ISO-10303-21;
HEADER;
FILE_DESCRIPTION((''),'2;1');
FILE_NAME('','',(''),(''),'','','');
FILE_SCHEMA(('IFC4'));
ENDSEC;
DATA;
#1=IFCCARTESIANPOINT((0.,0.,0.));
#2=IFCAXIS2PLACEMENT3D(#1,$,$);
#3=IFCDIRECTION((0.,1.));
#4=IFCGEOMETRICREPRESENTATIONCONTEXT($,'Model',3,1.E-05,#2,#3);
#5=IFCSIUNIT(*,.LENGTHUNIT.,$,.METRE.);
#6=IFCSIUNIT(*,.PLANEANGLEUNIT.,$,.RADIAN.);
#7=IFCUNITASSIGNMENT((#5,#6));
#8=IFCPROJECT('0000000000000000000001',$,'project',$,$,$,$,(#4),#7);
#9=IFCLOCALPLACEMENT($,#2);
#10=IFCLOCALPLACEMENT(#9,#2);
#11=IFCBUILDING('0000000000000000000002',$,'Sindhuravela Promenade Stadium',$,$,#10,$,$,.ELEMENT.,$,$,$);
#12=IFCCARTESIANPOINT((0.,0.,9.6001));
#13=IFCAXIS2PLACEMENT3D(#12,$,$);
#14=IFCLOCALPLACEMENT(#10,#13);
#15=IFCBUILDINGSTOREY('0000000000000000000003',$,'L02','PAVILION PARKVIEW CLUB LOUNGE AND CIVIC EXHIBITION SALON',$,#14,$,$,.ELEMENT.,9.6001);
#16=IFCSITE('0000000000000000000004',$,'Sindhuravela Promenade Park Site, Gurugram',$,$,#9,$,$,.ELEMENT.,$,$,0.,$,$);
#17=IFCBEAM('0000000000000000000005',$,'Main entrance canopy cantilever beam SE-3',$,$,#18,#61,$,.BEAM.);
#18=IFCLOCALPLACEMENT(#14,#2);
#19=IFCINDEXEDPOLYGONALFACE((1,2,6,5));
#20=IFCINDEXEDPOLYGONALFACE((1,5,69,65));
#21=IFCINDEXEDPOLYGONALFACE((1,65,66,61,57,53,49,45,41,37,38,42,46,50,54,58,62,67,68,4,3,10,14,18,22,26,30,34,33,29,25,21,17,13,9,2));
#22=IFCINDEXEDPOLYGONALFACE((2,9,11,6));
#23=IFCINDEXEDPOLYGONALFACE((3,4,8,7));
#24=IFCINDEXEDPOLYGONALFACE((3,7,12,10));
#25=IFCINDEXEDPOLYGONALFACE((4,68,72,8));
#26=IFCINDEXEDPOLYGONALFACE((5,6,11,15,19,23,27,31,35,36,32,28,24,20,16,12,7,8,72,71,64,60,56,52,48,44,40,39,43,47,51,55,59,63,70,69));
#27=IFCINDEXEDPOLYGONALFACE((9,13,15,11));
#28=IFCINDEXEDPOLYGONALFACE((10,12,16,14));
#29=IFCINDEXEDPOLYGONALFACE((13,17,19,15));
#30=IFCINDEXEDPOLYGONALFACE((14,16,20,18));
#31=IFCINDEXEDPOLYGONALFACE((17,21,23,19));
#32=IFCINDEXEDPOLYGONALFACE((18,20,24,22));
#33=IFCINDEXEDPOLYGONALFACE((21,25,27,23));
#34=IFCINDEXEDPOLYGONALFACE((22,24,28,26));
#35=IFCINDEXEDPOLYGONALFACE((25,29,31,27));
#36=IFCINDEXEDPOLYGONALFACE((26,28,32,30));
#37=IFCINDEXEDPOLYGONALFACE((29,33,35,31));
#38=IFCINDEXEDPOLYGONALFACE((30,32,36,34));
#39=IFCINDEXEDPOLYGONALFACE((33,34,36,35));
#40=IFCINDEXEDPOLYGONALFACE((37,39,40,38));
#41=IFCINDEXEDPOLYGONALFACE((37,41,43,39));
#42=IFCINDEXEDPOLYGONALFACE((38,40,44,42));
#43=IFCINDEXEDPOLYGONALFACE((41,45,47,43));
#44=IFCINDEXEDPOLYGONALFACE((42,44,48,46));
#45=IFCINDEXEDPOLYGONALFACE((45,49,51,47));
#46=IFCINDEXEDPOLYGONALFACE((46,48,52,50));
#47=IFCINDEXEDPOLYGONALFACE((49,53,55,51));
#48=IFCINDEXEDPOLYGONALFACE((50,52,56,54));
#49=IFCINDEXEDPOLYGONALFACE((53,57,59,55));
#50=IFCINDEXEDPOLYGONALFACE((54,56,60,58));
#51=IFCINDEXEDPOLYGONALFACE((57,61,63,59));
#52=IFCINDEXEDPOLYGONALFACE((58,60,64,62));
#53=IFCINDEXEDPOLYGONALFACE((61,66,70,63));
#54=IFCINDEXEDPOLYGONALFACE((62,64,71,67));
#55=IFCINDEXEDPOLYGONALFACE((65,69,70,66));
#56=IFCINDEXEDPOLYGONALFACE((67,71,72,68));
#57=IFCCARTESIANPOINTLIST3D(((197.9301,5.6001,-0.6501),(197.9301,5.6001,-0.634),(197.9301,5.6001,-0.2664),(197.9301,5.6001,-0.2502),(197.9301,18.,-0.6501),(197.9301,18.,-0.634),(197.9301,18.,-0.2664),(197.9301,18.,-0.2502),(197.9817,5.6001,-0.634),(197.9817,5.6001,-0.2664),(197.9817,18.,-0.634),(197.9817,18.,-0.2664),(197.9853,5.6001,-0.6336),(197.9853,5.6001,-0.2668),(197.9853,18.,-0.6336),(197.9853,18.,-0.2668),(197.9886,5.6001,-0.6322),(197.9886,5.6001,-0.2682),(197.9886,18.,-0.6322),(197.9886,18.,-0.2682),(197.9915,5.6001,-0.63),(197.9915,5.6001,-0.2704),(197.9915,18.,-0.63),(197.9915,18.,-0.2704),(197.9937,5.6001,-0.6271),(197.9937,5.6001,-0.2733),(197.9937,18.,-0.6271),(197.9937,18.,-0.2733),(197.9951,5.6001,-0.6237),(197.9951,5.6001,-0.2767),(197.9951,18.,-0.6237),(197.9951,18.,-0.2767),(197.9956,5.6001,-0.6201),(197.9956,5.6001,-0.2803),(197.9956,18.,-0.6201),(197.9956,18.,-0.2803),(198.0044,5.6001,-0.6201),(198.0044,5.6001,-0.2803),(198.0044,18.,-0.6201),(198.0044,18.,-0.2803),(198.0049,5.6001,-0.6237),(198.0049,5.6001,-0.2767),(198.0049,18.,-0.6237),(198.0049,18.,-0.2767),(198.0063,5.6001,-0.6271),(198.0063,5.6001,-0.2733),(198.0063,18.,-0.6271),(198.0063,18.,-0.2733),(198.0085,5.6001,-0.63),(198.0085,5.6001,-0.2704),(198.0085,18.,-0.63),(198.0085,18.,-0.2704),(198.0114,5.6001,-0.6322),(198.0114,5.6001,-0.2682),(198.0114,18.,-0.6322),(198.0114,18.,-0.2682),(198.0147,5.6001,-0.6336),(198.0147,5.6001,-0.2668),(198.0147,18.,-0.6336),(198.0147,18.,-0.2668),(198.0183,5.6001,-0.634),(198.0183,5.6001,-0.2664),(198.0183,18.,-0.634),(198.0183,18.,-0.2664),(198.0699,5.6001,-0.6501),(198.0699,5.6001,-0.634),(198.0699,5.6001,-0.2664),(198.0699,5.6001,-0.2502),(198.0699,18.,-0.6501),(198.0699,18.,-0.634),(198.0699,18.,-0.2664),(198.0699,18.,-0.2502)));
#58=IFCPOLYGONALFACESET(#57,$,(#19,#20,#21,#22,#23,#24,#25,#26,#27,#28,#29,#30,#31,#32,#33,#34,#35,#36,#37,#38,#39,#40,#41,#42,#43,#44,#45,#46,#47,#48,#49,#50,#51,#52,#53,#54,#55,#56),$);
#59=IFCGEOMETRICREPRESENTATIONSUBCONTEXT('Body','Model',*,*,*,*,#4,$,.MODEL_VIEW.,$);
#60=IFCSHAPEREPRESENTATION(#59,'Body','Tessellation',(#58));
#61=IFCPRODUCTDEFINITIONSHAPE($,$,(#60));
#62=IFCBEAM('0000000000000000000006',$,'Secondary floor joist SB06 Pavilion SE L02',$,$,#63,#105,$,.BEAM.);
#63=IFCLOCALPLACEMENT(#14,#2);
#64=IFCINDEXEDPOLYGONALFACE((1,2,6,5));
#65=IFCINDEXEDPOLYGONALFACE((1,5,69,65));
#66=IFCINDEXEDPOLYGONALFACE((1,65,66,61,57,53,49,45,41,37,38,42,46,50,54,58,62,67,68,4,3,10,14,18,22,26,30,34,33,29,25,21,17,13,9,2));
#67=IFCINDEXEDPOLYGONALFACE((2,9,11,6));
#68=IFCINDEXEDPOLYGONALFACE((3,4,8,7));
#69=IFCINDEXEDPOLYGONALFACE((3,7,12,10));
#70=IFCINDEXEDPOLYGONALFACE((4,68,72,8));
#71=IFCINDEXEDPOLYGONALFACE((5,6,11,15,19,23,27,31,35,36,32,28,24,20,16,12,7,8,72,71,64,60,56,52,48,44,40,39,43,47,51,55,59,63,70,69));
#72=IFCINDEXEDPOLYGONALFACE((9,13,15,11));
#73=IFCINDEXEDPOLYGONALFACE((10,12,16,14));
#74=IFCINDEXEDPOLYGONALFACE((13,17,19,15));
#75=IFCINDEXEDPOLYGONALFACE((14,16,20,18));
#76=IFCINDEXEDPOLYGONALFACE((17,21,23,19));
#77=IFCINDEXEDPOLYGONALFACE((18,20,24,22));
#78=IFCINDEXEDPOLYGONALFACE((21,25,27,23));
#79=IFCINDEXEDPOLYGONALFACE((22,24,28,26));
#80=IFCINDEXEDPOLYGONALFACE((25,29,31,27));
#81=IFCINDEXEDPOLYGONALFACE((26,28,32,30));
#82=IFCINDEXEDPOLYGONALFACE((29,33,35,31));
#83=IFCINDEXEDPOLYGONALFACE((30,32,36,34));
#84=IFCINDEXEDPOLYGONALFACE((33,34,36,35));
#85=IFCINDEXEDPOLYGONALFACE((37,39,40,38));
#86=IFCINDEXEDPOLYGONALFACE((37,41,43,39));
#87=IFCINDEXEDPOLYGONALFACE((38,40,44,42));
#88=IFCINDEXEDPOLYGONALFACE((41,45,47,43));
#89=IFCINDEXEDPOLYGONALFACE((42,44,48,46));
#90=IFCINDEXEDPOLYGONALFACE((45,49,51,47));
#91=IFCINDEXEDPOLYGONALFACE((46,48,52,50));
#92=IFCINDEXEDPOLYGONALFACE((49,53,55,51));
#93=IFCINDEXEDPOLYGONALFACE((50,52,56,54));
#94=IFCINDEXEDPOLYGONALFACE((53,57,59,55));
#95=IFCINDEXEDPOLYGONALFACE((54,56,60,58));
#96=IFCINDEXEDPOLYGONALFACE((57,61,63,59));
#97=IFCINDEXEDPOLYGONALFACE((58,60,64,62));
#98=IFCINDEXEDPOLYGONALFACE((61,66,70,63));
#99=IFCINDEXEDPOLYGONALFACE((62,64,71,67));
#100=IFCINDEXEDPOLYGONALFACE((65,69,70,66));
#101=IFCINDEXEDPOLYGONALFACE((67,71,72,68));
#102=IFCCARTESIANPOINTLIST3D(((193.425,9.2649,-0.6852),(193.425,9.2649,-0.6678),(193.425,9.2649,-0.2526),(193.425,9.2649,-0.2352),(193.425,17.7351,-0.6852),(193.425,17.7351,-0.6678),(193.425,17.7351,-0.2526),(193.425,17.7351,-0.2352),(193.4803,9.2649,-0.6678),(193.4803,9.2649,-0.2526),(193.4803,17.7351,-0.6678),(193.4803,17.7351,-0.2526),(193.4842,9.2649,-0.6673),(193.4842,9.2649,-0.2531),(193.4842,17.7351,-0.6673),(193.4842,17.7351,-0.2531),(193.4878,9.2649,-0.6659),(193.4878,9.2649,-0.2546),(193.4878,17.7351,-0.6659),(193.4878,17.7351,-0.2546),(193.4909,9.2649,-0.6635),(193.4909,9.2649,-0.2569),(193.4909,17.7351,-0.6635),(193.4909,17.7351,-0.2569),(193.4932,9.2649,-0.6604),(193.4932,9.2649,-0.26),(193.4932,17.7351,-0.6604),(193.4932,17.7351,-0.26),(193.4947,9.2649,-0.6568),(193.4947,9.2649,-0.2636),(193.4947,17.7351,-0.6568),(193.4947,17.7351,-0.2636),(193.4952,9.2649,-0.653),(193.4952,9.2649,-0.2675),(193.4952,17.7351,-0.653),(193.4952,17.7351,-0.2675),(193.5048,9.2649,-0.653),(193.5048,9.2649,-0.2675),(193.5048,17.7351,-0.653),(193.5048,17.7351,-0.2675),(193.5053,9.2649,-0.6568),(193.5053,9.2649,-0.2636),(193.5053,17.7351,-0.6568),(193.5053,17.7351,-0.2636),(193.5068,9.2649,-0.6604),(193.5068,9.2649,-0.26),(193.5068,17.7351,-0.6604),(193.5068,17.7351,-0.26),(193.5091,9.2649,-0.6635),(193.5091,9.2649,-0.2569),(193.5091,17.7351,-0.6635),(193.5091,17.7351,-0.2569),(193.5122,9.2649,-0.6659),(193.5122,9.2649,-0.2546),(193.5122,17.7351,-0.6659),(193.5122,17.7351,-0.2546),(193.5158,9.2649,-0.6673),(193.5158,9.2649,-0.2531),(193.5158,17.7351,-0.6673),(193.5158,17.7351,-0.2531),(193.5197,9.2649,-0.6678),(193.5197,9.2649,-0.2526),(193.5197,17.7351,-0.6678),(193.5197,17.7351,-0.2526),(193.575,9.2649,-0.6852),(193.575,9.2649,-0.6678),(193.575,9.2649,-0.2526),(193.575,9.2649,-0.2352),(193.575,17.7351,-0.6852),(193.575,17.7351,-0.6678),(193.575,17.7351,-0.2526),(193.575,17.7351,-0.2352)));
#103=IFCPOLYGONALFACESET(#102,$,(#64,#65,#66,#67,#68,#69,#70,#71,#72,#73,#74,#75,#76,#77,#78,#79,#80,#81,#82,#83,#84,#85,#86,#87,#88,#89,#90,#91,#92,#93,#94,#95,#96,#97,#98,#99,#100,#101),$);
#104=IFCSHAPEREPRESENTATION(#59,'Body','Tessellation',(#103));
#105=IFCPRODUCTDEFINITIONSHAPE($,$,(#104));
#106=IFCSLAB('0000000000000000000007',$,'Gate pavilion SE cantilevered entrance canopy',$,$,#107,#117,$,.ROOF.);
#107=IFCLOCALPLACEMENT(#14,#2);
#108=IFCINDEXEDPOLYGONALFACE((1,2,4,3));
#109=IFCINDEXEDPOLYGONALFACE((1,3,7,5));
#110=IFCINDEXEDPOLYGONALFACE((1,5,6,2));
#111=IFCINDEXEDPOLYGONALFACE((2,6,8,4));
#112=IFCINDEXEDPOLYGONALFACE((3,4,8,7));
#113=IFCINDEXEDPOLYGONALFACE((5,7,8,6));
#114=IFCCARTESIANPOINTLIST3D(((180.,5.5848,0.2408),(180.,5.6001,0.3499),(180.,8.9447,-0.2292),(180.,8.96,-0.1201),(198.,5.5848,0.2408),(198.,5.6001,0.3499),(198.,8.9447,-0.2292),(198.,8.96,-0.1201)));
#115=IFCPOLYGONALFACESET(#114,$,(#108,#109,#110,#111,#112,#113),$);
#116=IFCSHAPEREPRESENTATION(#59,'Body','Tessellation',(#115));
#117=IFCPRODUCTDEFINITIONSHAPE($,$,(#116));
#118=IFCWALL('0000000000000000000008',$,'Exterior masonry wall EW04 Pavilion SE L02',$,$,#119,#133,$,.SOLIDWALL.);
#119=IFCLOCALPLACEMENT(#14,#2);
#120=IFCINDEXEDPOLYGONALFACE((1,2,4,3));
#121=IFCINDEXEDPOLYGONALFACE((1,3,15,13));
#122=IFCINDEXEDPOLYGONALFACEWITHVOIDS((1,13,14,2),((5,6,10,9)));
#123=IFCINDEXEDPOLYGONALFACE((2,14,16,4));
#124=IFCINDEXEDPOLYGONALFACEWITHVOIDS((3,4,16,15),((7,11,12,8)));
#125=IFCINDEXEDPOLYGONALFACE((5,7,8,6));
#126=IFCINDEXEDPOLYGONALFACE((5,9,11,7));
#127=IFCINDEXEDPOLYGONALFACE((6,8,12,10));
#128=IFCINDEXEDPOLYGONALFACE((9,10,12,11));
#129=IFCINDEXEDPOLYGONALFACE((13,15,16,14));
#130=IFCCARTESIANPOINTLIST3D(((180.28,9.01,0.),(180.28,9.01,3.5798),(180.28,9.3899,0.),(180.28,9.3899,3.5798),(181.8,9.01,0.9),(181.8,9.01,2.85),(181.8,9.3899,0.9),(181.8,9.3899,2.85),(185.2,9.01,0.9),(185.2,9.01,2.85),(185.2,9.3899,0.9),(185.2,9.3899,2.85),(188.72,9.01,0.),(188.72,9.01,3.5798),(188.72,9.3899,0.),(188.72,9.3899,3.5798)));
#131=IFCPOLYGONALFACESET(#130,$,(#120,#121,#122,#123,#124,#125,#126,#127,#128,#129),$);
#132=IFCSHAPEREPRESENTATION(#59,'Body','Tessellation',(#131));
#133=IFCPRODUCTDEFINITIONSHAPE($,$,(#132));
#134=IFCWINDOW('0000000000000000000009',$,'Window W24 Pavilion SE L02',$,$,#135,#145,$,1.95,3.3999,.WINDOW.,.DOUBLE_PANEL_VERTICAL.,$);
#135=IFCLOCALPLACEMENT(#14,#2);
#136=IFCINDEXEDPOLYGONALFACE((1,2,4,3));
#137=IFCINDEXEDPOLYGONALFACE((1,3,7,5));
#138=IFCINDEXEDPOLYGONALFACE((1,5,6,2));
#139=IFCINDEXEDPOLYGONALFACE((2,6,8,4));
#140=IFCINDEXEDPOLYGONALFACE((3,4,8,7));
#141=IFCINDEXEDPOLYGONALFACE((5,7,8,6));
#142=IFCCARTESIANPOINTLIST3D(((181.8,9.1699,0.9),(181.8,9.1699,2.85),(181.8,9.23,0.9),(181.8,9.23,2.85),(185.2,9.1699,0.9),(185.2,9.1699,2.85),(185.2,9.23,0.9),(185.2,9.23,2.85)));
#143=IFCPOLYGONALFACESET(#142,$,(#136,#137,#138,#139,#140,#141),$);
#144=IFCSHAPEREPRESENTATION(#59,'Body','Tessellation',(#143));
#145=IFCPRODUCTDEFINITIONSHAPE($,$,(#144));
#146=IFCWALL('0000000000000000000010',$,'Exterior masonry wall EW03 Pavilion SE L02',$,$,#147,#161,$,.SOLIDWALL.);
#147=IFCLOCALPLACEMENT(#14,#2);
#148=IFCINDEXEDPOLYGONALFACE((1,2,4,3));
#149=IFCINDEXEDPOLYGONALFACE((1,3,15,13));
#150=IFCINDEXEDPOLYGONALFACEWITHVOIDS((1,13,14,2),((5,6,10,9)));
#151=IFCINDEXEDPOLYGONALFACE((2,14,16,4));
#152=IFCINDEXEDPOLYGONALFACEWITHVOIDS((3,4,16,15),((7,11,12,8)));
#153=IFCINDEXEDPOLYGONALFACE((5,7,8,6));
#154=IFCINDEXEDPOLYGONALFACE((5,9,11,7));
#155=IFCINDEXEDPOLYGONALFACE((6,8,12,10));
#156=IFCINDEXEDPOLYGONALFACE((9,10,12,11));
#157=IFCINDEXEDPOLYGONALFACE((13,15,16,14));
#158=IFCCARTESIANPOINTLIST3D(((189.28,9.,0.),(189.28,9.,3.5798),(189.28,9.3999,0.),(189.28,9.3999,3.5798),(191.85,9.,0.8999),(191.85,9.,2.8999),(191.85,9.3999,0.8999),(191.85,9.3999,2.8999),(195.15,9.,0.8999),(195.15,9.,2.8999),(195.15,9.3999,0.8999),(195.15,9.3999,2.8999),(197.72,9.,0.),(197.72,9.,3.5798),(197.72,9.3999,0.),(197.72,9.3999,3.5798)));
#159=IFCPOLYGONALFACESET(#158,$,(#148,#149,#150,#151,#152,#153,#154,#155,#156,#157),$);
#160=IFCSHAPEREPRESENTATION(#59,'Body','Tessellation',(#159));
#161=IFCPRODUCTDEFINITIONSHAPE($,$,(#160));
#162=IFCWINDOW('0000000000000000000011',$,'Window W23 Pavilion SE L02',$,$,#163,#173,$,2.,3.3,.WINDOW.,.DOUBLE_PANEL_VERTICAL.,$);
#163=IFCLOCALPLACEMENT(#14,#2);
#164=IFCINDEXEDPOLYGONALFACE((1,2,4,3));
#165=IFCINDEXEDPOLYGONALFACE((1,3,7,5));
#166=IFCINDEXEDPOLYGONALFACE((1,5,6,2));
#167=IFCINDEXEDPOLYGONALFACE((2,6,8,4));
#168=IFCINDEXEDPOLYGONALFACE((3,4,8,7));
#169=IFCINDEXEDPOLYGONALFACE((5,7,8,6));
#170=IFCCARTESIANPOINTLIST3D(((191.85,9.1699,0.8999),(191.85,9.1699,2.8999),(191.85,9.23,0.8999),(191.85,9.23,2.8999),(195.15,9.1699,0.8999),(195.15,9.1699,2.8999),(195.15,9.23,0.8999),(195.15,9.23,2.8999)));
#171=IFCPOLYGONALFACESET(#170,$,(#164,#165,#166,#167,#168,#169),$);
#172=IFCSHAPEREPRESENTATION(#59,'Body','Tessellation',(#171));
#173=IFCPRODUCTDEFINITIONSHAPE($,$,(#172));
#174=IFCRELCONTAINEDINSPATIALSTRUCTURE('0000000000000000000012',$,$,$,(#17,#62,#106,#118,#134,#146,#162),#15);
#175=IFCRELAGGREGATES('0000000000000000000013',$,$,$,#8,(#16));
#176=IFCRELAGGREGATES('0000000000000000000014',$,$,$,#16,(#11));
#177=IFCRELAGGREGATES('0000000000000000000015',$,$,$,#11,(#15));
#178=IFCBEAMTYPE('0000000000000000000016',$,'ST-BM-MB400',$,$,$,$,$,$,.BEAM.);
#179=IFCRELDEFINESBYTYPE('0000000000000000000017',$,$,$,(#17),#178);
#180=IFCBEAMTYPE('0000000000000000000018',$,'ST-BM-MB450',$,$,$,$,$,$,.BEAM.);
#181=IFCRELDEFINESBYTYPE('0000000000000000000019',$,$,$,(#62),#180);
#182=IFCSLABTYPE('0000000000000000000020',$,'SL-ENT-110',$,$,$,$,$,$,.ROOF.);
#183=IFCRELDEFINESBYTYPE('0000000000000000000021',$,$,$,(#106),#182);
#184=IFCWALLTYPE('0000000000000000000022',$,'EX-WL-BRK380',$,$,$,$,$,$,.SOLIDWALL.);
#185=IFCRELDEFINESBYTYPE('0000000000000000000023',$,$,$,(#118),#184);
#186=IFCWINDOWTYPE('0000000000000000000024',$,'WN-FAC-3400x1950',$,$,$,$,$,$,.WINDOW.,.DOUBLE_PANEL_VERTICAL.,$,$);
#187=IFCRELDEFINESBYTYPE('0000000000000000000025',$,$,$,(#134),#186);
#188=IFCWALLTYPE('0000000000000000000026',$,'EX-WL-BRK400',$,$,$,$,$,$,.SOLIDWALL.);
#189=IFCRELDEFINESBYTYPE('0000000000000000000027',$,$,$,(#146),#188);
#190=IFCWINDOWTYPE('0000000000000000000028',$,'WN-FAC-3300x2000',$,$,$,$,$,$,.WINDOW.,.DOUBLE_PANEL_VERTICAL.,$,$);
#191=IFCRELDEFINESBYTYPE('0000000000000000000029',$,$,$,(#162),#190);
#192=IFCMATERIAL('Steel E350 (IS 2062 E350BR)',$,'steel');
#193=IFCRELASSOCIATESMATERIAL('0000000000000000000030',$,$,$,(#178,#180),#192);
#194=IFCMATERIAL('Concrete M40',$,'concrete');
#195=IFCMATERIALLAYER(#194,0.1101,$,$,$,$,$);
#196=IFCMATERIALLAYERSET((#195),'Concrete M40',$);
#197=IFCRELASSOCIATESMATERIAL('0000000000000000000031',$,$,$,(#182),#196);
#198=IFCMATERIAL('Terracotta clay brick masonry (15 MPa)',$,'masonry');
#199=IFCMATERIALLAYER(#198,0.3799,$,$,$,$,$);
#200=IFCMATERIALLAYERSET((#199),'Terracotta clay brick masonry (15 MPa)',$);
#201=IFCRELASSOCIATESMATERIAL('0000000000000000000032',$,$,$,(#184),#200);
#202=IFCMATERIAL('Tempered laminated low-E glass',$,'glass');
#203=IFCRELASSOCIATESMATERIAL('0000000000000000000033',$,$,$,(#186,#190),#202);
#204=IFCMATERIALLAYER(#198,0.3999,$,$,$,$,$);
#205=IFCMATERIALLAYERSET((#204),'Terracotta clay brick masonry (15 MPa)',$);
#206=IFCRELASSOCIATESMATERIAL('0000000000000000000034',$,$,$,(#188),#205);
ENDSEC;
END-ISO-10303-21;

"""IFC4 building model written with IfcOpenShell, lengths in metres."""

from ifc_helpers import new_model, si_unit, direction, frame, frame_2d, origin, origin_2d, place, context, subcontext, project, spatial, polyline, rectangle, i_section, outline, extrude, material, layer, layer_set, material_profile, profile_set, type_object, element, fill, save


model = new_model("IFC4")

# Units and contexts
model_context = context("Model", 3, precision=1e-05, world=origin(), true_north=direction((0.0, 1.0)))
body_context = subcontext(model_context, "Body", "Model", "MODEL_VIEW")
ifc_project = project(units=[si_unit("LENGTHUNIT", "METRE"), si_unit("PLANEANGLEUNIT", "RADIAN")], contexts=[model_context])

# Site, building, storey
site_placement = place(None, origin())
site = spatial("IfcSite", under=ifc_project, at=site_placement, Name="Sindhuravela Promenade Park Site, Gurugram", CompositionType="ELEMENT", RefElevation=0.0)
building_placement = place(site_placement, origin())
building = spatial("IfcBuilding", under=site, at=building_placement, Name="Sindhuravela Promenade Stadium", CompositionType="ELEMENT")
storey_placement = place(building_placement, frame((0.0, 0.0, 9.6001)))
storey = spatial("IfcBuildingStorey", under=building, at=storey_placement, Name="L02", Description="PAVILION PARKVIEW CLUB LOUNGE AND CIVIC EXHIBITION SALON", CompositionType="ELEMENT", Elevation=9.6001)

# Shared definitions
ifc_material_1 = material(Name="Concrete M40", Category="concrete")

# Beams
ifc_material_2 = material(Name="Steel E350 (IS 2062 E350BR)", Category="steel")
ifc_material_profile_1 = material_profile(ifc_material_2, i_section(OverallWidth=0.1399, OverallDepth=0.3999, WebThickness=0.0088, FlangeThickness=0.0161, FilletRadius=0.0139, at=origin_2d()), Name="ISMB 400")
ifc_profile_set_1 = profile_set([ifc_material_profile_1], Name="Steel E350 (IS 2062 E350BR)")
beam_type_1 = type_object("IfcBeamType", Name="ST-BM-MB400", PredefinedType="BEAM", material=ifc_profile_set_1)
for number, where, z_axis, x_axis, name in (
    (1, (198.0, 18.0, -0.4502), (0.0, -1.0, 0.0), (1.0, 0.0, 0.0), "Main entrance canopy cantilever beam SE-3"),
):
    element("IfcBeam", number, at=place(storey_placement, frame(where, z_axis=z_axis, x_axis=x_axis)), inside=storey, type_object=beam_type_1, Name=name, PredefinedType="BEAM", context=body_context, shape_type="SweptSolid", body=[
        extrude(i_section(OverallWidth=0.1399, OverallDepth=0.3999, WebThickness=0.0088, FlangeThickness=0.0161, FilletRadius=0.0139, at=origin_2d()), origin(), (0.0, 0.0, 1.0), 12.3999),
    ])
ifc_material_profile_2 = material_profile(ifc_material_2, i_section(OverallWidth=0.1499, OverallDepth=0.45, WebThickness=0.0095, FlangeThickness=0.0173, FilletRadius=0.0149, at=origin_2d()), Name="ISMB 450")
ifc_profile_set_2 = profile_set([ifc_material_profile_2], Name="Steel E350 (IS 2062 E350BR)")
beam_type_2 = type_object("IfcBeamType", Name="ST-BM-MB450", PredefinedType="BEAM", material=ifc_profile_set_2)
beam_1_placement = place(storey_placement, frame((193.5, 9.2649, -0.4602), z_axis=(0.0, 1.0, 0.0), x_axis=(-1.0, 0.0, 0.0)))
element("IfcBeam", 2, at=beam_1_placement, inside=storey, type_object=beam_type_2, Name="Secondary floor joist SB06 Pavilion SE L02", PredefinedType="BEAM", context=body_context, shape_type="SweptSolid", body=[
    extrude(i_section(OverallWidth=0.1499, OverallDepth=0.45, WebThickness=0.0095, FlangeThickness=0.0173, FilletRadius=0.0149, at=origin_2d()), origin(), (0.0, 0.0, 1.0), 8.4702),
])

# Slab
ifc_layer_1 = layer(ifc_material_1, 0.1101)
ifc_layer_set_1 = layer_set([ifc_layer_1], Name="Concrete M40")
slab_type = type_object("IfcSlabType", Name="SL-ENT-110", PredefinedType="ROOF", material=ifc_layer_set_1)
slab_placement = place(storey_placement, frame((198.0, 8.96, -0.1201), z_axis=(0.0, 0.138529, 0.990358), x_axis=(-1.0, 0.0, 0.0)))
element("IfcSlab", 3, at=slab_placement, inside=storey, type_object=slab_type, Name="Gate pavilion SE cantilevered entrance canopy", PredefinedType="ROOF", context=body_context, shape_type="SweptSolid", body=[
    extrude(outline(polyline([(0.0, 0.0), (18.0, 0.0), (18.0, 3.3926), (0.0, 3.3926), (0.0, 0.0)])), origin(), (0.0, 0.0, -1.0), 0.1101),
])

# Walls, openings, windows
ifc_material_3 = material(Name="Terracotta clay brick masonry (15 MPa)", Category="masonry")
ifc_layer_2 = layer(ifc_material_3, 0.3799)
ifc_layer_set_2 = layer_set([ifc_layer_2], Name="Terracotta clay brick masonry (15 MPa)")
wall_type_1 = type_object("IfcWallType", Name="EX-WL-BRK380", PredefinedType="SOLIDWALL", material=ifc_layer_set_2)
wall_1_placement = place(storey_placement, frame((188.72, 9.2, 0.0), z_axis=(0.0, 0.0, 1.0), x_axis=(-1.0, 0.0, 0.0)))
wall_1 = element("IfcWall", 4, at=wall_1_placement, inside=storey, type_object=wall_type_1, Name="Exterior masonry wall EW04 Pavilion SE L02", PredefinedType="SOLIDWALL", context=body_context, shape_type="SweptSolid", body=[
    extrude(rectangle(XDim=8.4399, YDim=0.3799, at=frame_2d((4.22, 0.0))), origin(), (0.0, 0.0, 1.0), 3.5798),
])
opening_1_placement = place(wall_1_placement, frame((3.52, 0.0, 0.8999)))
opening_1 = element("IfcOpeningElement", 5, at=opening_1_placement, cuts=wall_1, PredefinedType="OPENING", context=body_context, shape_type="SweptSolid", body=[
    extrude(rectangle(XDim=3.3999, YDim=1.95, at=frame_2d((1.7, 0.9751))), frame((0.0, 0.2, 0.0), z_axis=(0.0, -1.0, 0.0), x_axis=(1.0, 0.0, 0.0)), (0.0, 0.0, 1.0), 0.3999),
])
ifc_material_4 = material(Name="Tempered laminated low-E glass", Category="glass")
window_type_1 = type_object("IfcWindowType", Name="WN-FAC-3400x1950", PartitioningType="DOUBLE_PANEL_VERTICAL", PredefinedType="WINDOW", material=ifc_material_4)
window_1_placement = place(opening_1_placement, origin())
window_1 = element("IfcWindow", 6, at=window_1_placement, inside=storey, type_object=window_type_1, Name="Window W24 Pavilion SE L02", OverallHeight=1.95, OverallWidth=3.3999, PartitioningType="DOUBLE_PANEL_VERTICAL", PredefinedType="WINDOW", context=body_context, shape_type="SweptSolid", body=[
    extrude(rectangle(XDim=3.3999, YDim=1.95, at=frame_2d((1.7, 0.9751))), frame((0.0, 0.03, 0.0), z_axis=(0.0, -1.0, 0.0), x_axis=(1.0, 0.0, 0.0)), (0.0, 0.0, 1.0), 0.0601),
])
fill(opening_1, window_1)
ifc_layer_3 = layer(ifc_material_3, 0.3999)
ifc_layer_set_3 = layer_set([ifc_layer_3], Name="Terracotta clay brick masonry (15 MPa)")
wall_type_2 = type_object("IfcWallType", Name="EX-WL-BRK400", PredefinedType="SOLIDWALL", material=ifc_layer_set_3)
wall_2_placement = place(storey_placement, frame((197.72, 9.2, 0.0), z_axis=(0.0, 0.0, 1.0), x_axis=(-1.0, 0.0, 0.0)))
wall_2 = element("IfcWall", 7, at=wall_2_placement, inside=storey, type_object=wall_type_2, Name="Exterior masonry wall EW03 Pavilion SE L02", PredefinedType="SOLIDWALL", context=body_context, shape_type="SweptSolid", body=[
    extrude(rectangle(XDim=8.4399, YDim=0.3999, at=frame_2d((4.22, 0.0))), origin(), (0.0, 0.0, 1.0), 3.5798),
])
opening_2_placement = place(wall_2_placement, frame((2.5701, 0.0, 0.8999)))
opening_2 = element("IfcOpeningElement", 8, at=opening_2_placement, cuts=wall_2, PredefinedType="OPENING", context=body_context, shape_type="SweptSolid", body=[
    extrude(rectangle(XDim=3.3, YDim=2.0, at=frame_2d((1.6499, 1.0))), frame((0.0, 0.21, 0.0), z_axis=(0.0, -1.0, 0.0), x_axis=(1.0, 0.0, 0.0)), (0.0, 0.0, 1.0), 0.4199),
])
window_type_2 = type_object("IfcWindowType", Name="WN-FAC-3300x2000", PartitioningType="DOUBLE_PANEL_VERTICAL", PredefinedType="WINDOW", material=ifc_material_4)
window_2_placement = place(opening_2_placement, origin())
window_2 = element("IfcWindow", 9, at=window_2_placement, inside=storey, type_object=window_type_2, Name="Window W23 Pavilion SE L02", OverallHeight=2.0, OverallWidth=3.3, PartitioningType="DOUBLE_PANEL_VERTICAL", PredefinedType="WINDOW", context=body_context, shape_type="SweptSolid", body=[
    extrude(rectangle(XDim=3.3, YDim=2.0, at=frame_2d((1.6499, 1.0))), frame((0.0, 0.03, 0.0), z_axis=(0.0, -1.0, 0.0), x_axis=(1.0, 0.0, 0.0)), (0.0, 0.0, 1.0), 0.0601),
])
fill(opening_2, window_2)

save(model, "model.ifc")
